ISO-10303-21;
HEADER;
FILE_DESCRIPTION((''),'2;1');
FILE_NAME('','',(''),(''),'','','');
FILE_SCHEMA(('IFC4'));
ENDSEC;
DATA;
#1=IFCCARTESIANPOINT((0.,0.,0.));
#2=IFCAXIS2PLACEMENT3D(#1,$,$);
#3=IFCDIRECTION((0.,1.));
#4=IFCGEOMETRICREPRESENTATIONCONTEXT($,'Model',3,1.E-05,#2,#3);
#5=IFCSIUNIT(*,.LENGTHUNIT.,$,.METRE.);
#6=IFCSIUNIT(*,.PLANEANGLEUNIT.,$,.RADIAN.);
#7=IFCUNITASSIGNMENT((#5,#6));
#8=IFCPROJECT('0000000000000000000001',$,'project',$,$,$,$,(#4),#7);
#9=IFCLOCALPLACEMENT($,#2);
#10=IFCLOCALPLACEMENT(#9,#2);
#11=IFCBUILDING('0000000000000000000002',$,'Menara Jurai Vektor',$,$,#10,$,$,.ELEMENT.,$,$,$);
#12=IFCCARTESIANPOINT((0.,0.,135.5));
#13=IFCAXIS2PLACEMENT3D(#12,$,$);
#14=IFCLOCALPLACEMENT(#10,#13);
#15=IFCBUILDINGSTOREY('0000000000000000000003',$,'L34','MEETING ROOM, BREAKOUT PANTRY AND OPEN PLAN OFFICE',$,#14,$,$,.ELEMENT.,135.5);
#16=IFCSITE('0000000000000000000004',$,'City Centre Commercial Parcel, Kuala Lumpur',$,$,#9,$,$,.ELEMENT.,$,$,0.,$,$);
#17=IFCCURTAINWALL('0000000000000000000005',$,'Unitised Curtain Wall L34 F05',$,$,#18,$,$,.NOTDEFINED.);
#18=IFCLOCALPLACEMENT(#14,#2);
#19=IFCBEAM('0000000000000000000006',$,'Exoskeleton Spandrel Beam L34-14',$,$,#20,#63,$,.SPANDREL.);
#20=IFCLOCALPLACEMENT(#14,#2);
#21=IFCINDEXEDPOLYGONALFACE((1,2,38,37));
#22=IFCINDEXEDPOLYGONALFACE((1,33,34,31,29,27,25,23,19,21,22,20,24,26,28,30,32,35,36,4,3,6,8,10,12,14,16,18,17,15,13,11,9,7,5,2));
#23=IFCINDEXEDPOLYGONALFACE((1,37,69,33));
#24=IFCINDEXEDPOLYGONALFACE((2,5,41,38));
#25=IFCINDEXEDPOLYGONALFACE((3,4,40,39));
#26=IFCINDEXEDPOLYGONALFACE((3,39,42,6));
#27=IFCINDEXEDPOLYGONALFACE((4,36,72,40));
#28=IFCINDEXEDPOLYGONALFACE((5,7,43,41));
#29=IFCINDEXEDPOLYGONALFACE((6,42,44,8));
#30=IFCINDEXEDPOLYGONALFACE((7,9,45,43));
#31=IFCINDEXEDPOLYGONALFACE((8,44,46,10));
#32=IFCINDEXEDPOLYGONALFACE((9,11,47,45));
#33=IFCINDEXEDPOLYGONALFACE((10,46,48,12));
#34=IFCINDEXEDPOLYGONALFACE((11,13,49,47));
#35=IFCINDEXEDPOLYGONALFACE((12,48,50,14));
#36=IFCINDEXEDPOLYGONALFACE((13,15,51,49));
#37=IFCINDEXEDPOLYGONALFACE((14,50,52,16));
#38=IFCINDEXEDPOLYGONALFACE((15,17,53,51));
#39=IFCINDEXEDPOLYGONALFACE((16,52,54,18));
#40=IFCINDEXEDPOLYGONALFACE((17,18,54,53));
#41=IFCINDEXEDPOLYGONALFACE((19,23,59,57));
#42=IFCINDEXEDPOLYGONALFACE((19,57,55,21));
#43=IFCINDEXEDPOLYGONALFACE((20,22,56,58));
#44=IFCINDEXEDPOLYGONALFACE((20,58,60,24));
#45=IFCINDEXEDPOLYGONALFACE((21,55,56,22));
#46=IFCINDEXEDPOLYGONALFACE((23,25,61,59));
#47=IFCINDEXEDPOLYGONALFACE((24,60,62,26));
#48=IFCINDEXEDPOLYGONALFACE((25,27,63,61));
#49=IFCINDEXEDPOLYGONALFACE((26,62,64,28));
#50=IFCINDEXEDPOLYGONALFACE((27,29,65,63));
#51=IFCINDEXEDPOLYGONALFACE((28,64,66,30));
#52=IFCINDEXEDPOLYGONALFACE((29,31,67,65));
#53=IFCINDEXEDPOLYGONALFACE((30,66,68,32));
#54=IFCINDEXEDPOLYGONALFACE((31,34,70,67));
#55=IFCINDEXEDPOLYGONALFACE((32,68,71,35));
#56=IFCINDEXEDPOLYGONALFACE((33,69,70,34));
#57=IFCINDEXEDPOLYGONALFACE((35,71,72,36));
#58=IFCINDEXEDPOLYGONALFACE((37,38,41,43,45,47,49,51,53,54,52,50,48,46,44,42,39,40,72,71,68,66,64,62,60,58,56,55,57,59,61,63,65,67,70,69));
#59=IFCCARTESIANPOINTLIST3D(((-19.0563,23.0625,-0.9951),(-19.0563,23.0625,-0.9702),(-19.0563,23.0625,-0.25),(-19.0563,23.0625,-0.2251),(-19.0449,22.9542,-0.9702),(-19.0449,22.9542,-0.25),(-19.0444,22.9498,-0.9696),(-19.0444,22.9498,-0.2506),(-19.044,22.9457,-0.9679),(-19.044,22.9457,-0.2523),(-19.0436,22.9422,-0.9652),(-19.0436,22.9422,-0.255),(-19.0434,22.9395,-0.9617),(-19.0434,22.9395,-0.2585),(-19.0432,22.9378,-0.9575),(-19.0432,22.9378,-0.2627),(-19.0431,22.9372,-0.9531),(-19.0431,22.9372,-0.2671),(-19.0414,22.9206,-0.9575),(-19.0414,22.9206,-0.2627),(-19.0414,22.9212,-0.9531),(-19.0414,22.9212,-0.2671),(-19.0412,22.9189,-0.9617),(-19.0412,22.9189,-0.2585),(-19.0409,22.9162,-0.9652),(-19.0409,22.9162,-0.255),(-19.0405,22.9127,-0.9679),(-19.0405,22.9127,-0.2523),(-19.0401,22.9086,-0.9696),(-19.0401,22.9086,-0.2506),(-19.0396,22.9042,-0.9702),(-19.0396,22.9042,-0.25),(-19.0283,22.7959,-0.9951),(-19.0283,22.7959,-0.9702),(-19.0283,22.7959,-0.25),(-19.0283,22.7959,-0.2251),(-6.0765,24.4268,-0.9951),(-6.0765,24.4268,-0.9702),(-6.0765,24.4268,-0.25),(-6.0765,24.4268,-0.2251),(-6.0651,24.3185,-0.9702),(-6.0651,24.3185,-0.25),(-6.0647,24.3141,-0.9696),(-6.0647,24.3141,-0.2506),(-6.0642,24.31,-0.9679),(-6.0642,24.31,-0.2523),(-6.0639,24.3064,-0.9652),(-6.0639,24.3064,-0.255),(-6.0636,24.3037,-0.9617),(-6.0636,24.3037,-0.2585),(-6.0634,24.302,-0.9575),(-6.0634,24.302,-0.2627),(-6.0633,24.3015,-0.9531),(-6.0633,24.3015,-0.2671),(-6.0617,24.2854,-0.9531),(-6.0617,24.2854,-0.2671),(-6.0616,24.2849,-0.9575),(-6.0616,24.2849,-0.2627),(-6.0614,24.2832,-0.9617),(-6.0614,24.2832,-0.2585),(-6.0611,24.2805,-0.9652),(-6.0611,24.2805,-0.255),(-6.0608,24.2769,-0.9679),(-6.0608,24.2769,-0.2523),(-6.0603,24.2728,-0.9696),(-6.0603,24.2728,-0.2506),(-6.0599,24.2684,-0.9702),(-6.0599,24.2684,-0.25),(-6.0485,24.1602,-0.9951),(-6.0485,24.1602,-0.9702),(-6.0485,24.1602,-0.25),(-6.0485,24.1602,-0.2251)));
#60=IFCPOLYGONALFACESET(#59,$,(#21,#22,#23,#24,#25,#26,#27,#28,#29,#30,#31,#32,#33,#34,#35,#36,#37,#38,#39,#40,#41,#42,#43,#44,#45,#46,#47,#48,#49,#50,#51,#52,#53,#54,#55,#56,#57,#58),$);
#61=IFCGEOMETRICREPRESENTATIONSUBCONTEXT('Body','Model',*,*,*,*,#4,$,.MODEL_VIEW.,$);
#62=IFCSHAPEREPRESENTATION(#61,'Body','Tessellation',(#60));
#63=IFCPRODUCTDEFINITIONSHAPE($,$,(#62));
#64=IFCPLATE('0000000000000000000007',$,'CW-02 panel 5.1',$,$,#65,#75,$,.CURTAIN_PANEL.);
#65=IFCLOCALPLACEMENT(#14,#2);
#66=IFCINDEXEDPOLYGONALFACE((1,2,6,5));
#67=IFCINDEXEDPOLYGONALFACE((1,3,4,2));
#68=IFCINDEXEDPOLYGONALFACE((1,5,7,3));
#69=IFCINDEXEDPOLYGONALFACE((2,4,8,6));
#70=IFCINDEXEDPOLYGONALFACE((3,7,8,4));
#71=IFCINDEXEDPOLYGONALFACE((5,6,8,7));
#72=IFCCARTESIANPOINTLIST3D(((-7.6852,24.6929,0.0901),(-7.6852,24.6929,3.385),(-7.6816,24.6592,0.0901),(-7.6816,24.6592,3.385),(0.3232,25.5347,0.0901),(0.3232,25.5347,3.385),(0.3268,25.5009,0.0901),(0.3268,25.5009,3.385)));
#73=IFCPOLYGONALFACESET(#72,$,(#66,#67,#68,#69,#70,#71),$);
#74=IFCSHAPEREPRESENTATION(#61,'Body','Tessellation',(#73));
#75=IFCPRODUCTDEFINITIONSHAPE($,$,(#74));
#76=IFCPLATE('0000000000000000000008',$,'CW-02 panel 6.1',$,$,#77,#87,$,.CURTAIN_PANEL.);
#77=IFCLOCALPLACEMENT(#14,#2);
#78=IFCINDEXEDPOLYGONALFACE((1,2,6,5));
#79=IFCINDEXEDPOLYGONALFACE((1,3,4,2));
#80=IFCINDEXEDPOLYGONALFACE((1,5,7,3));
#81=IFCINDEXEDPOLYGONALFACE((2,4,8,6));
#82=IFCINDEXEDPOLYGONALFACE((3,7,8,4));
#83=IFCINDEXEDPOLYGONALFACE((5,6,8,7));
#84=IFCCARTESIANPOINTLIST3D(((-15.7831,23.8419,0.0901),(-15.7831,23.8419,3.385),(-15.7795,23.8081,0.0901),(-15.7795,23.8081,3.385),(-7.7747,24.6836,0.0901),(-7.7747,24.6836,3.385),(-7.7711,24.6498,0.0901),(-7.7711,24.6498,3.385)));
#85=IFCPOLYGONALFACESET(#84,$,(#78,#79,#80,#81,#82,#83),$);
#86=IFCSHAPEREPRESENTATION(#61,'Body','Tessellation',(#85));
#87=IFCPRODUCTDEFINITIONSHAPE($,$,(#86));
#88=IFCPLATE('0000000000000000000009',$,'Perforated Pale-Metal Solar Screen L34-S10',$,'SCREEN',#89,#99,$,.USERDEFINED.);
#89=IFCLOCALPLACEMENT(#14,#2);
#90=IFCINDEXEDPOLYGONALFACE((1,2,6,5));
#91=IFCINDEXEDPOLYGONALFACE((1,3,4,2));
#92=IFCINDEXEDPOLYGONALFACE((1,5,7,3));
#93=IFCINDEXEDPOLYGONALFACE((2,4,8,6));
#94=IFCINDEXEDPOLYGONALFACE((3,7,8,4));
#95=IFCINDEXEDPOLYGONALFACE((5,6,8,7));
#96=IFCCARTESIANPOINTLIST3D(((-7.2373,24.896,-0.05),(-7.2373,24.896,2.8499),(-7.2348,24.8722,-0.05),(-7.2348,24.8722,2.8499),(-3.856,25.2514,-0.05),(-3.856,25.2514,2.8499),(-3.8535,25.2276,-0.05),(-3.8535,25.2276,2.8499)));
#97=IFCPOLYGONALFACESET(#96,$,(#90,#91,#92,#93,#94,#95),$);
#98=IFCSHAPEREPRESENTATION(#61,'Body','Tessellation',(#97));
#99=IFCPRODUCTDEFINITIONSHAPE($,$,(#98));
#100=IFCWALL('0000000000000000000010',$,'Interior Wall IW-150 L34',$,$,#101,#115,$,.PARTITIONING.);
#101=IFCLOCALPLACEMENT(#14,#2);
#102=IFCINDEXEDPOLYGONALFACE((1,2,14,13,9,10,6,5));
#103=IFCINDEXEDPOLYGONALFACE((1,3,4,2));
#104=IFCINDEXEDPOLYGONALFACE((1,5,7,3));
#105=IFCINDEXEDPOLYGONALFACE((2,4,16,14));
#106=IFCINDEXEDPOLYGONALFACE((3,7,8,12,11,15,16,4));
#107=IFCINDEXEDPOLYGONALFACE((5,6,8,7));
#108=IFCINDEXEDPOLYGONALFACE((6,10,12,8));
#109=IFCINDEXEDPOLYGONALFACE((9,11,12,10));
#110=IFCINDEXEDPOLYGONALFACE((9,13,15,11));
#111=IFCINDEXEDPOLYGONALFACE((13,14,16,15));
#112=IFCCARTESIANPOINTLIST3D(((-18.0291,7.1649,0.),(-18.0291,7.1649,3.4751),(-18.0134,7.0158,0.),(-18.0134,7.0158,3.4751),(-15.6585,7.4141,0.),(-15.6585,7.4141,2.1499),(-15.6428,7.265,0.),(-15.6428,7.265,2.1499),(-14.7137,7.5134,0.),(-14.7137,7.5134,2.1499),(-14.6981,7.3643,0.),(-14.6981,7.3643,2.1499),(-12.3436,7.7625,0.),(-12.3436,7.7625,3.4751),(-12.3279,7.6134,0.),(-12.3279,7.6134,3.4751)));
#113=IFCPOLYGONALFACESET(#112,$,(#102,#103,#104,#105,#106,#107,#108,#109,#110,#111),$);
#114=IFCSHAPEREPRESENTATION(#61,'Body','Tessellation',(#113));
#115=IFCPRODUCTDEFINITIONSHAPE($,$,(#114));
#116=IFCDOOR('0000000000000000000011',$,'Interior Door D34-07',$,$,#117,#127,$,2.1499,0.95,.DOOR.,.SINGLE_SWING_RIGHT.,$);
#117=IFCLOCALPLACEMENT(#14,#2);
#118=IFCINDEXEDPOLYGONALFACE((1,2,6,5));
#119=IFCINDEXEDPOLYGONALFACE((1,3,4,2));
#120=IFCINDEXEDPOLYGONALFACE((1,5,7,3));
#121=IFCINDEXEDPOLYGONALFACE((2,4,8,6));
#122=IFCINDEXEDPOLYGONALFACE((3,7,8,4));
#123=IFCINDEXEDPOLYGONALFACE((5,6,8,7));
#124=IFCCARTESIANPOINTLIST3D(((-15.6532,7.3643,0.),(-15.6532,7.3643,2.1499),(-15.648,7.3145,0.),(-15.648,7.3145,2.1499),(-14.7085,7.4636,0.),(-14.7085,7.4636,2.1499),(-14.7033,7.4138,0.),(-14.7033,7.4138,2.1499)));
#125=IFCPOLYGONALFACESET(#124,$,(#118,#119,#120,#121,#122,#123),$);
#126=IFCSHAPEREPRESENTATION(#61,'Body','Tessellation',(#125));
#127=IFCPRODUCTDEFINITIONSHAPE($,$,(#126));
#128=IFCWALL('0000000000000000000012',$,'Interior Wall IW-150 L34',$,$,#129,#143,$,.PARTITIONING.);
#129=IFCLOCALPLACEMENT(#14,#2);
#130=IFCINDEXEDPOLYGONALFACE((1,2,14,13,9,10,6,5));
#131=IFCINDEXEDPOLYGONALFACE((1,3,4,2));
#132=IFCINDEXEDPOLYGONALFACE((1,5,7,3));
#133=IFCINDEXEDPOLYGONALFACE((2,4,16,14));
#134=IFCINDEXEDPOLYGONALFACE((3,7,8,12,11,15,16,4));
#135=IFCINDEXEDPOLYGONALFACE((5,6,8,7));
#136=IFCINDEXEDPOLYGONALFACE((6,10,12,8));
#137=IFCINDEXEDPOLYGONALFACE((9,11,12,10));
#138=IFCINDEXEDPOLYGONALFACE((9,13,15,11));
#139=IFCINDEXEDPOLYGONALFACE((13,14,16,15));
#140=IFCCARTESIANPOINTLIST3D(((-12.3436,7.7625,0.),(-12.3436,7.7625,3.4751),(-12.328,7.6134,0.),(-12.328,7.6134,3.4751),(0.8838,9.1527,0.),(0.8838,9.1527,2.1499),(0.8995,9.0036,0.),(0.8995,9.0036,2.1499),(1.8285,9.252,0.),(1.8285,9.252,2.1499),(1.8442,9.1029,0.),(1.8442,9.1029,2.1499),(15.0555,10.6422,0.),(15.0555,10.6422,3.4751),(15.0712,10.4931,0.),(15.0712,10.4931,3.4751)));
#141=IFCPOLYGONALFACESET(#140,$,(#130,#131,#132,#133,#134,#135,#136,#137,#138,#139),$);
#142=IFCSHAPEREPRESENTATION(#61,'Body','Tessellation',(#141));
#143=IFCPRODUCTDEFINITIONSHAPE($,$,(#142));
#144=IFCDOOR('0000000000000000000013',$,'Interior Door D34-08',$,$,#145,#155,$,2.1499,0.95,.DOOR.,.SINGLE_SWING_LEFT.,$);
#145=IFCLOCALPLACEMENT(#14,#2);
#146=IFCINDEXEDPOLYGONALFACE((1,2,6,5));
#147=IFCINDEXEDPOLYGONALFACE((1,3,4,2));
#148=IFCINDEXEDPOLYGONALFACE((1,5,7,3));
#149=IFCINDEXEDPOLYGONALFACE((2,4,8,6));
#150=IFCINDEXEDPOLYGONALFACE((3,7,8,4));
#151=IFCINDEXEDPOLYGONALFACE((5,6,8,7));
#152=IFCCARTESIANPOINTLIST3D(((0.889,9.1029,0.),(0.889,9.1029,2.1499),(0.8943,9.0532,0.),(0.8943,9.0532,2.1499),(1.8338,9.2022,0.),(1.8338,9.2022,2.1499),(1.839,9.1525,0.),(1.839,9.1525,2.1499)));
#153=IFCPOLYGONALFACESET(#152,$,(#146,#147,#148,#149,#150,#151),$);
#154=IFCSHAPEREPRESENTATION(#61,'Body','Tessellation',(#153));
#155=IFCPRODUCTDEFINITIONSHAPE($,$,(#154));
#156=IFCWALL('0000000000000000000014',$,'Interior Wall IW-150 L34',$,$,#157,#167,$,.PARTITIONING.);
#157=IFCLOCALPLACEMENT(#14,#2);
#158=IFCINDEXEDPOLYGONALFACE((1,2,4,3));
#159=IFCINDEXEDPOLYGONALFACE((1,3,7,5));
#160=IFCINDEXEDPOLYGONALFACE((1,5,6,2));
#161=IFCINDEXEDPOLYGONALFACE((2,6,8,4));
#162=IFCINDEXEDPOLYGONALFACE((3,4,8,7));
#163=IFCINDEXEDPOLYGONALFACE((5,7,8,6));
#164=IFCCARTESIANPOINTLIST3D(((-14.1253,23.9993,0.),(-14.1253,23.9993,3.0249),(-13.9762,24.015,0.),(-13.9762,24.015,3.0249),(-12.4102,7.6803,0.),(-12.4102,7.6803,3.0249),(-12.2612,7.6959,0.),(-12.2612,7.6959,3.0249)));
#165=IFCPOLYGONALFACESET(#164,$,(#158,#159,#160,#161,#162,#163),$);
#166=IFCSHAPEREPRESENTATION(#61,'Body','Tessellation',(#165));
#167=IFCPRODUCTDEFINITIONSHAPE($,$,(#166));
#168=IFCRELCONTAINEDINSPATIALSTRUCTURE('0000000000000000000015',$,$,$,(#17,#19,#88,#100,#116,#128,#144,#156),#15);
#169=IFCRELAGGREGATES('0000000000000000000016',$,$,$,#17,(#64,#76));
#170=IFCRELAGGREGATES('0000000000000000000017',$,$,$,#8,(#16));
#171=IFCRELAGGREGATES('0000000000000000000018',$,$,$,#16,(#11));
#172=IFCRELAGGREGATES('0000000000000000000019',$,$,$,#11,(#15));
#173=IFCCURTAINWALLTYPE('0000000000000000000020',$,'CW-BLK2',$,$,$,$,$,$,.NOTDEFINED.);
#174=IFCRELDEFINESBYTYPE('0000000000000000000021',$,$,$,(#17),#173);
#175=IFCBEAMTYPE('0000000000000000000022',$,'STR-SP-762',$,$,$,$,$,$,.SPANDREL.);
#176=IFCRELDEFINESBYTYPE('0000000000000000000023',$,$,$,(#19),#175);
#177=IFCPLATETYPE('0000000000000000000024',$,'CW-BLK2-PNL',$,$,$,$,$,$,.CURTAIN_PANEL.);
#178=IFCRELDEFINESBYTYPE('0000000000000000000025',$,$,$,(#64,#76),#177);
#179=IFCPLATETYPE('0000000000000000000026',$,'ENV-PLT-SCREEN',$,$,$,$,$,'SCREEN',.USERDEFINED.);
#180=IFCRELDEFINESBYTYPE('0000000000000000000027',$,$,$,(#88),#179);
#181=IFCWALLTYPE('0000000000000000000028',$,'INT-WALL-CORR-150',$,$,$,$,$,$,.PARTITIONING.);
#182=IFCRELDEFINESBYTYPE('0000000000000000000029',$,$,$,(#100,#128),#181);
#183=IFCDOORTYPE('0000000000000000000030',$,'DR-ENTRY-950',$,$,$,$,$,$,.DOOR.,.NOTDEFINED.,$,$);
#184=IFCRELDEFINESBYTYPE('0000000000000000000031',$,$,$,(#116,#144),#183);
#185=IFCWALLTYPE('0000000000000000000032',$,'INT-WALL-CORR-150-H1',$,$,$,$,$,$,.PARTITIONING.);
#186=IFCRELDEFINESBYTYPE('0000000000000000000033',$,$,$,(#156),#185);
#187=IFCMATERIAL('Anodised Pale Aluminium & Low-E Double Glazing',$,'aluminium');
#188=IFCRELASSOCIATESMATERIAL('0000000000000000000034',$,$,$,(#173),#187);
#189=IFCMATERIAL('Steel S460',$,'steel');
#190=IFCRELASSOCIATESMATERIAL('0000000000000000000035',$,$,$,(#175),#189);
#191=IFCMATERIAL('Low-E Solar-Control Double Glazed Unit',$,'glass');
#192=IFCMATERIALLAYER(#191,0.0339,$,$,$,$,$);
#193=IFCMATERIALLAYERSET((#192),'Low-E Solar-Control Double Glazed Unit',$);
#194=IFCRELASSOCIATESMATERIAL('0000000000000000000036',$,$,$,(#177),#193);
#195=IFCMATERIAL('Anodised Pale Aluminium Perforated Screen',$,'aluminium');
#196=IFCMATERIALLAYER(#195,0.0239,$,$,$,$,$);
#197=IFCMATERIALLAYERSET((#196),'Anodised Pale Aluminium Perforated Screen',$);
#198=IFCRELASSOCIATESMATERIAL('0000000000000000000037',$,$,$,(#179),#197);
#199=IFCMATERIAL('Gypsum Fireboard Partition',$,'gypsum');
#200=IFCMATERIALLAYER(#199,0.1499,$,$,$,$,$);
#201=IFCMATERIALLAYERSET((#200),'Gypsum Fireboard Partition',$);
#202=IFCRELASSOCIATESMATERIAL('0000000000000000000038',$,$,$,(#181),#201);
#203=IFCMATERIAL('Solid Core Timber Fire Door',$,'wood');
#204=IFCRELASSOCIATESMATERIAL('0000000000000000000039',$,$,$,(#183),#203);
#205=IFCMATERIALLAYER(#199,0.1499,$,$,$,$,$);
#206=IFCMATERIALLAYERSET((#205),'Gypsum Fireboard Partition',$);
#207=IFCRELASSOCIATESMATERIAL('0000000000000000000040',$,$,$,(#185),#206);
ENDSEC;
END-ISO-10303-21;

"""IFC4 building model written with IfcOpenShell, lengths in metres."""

from ifc_helpers import new_model, si_unit, direction, frame, frame_2d, origin, origin_2d, place, context, subcontext, project, spatial, rectangle, i_section, extrude, material, layer, layer_set, material_profile, profile_set, type_object, element, fill, aggregate, save


model = new_model("IFC4")

# Units and contexts
model_context = context("Model", 3, precision=1e-05, world=origin(), true_north=direction((0.0, 1.0)))
body_context = subcontext(model_context, "Body", "Model", "MODEL_VIEW")
ifc_project = project(units=[si_unit("LENGTHUNIT", "METRE"), si_unit("PLANEANGLEUNIT", "RADIAN")], contexts=[model_context])

# Site, building, storey
site_placement = place(None, origin())
site = spatial("IfcSite", under=ifc_project, at=site_placement, Name="City Centre Commercial Parcel, Kuala Lumpur", CompositionType="ELEMENT", RefElevation=0.0)
building_placement = place(site_placement, origin())
building = spatial("IfcBuilding", under=site, at=building_placement, Name="Menara Jurai Vektor", CompositionType="ELEMENT")
storey_placement = place(building_placement, frame((0.0, 0.0, 135.5)))
storey = spatial("IfcBuildingStorey", under=building, at=storey_placement, Name="L34", Description="MEETING ROOM, BREAKOUT PANTRY AND OPEN PLAN OFFICE", CompositionType="ELEMENT", Elevation=135.5)

# Shared definitions
ifc_material_1 = material(Name="Steel S460", Category="steel")

# Curtain wall
ifc_material_2 = material(Name="Anodised Pale Aluminium & Low-E Double Glazing", Category="aluminium")
curtain_wall_type = type_object("IfcCurtainWallType", Name="CW-BLK2", PredefinedType="NOTDEFINED", material=ifc_material_2)
curtain_wall_placement = place(storey_placement, origin())
curtain_wall = element("IfcCurtainWall", 1, at=curtain_wall_placement, inside=storey, type_object=curtain_wall_type, Name="Unitised Curtain Wall L34 F05", PredefinedType="NOTDEFINED")

# Beam
ifc_material_profile_1 = material_profile(ifc_material_1, i_section(OverallWidth=0.2681, OverallDepth=0.77, WebThickness=0.0161, FlangeThickness=0.0249, FilletRadius=0.0171, at=origin_2d()), Name="UKB 762x267x197")
ifc_profile_set_1 = profile_set([ifc_material_profile_1], Name="Steel S460")
beam_type_1 = type_object("IfcBeamType", Name="STR-SP-762", PredefinedType="SPANDREL", material=ifc_profile_set_1)
beam_1_placement = place(storey_placement, frame((-6.0625, 24.2935, -0.6101), z_axis=(-0.994522, -0.104531, 0.0), x_axis=(0.104531, -0.994522, 0.0)))
element("IfcBeam", 2, at=beam_1_placement, inside=storey, type_object=beam_type_1, Name="Exoskeleton Spandrel Beam L34-14", PredefinedType="SPANDREL", context=body_context, shape_type="SweptSolid", body=[
    extrude(i_section(OverallWidth=0.2681, OverallDepth=0.77, WebThickness=0.0161, FlangeThickness=0.0249, FilletRadius=0.0171, at=origin_2d()), origin(), (0.0, 0.0, 1.0), 13.0513),
])

# Plates
ifc_material_3 = material(Name="Low-E Solar-Control Double Glazed Unit", Category="glass")
ifc_layer_1 = layer(ifc_material_3, 0.0339)
ifc_layer_set_1 = layer_set([ifc_layer_1], Name="Low-E Solar-Control Double Glazed Unit")
plate_type_1 = type_object("IfcPlateType", Name="CW-BLK2-PNL", PredefinedType="CURTAIN_PANEL", material=ifc_layer_set_1)
plate_1_placement = place(storey_placement, frame((-3.6792, 25.0969, 0.0901), z_axis=(0.0, 0.0, 1.0), x_axis=(-0.994522, -0.104529, 0.0)))
plate_1 = element("IfcPlate", 3, at=plate_1_placement, type_object=plate_type_1, Name="CW-02 panel 5.1", PredefinedType="CURTAIN_PANEL", context=body_context, shape_type="SweptSolid", body=[
    extrude(rectangle(XDim=8.0525, YDim=0.0339, at=origin_2d()), origin(), (0.0, 0.0, 1.0), 3.2949),
])
plate_2_placement = place(storey_placement, frame((-11.7771, 24.2458, 0.0901), z_axis=(0.0, 0.0, 1.0), x_axis=(-0.994522, -0.104529, 0.0)))
plate_2 = element("IfcPlate", 4, at=plate_2_placement, type_object=plate_type_1, Name="CW-02 panel 6.1", PredefinedType="CURTAIN_PANEL", context=body_context, shape_type="SweptSolid", body=[
    extrude(rectangle(XDim=8.0525, YDim=0.0339, at=origin_2d()), origin(), (0.0, 0.0, 1.0), 3.2949),
])
aggregate(curtain_wall, [plate_1, plate_2])
ifc_material_4 = material(Name="Anodised Pale Aluminium Perforated Screen", Category="aluminium")
ifc_layer_2 = layer(ifc_material_4, 0.0239)
ifc_layer_set_2 = layer_set([ifc_layer_2], Name="Anodised Pale Aluminium Perforated Screen")
plate_type_2 = type_object("IfcPlateType", Name="ENV-PLT-SCREEN", ElementType="SCREEN", PredefinedType="USERDEFINED", material=ifc_layer_set_2)
plate_3_placement = place(storey_placement, frame((-5.5454, 25.0618, -0.05), z_axis=(0.0, 0.0, 1.0), x_axis=(-0.994522, -0.104528, 0.0)))
element("IfcPlate", 5, at=plate_3_placement, inside=storey, type_object=plate_type_2, Name="Perforated Pale-Metal Solar Screen L34-S10", ObjectType="SCREEN", PredefinedType="USERDEFINED", context=body_context, shape_type="SweptSolid", body=[
    extrude(rectangle(XDim=3.3999, YDim=0.0239, at=origin_2d()), origin(), (0.0, 0.0, 1.0), 2.8999),
])

# Walls, openings, doors
ifc_material_5 = material(Name="Gypsum Fireboard Partition", Category="gypsum")
ifc_layer_3 = layer(ifc_material_5, 0.1499)
ifc_layer_set_3 = layer_set([ifc_layer_3], Name="Gypsum Fireboard Partition")
wall_type_1 = type_object("IfcWallType", Name="INT-WALL-CORR-150", PredefinedType="PARTITIONING", material=ifc_layer_set_3)
wall_1_placement = place(storey_placement, frame((-18.0212, 7.0903, 0.0), z_axis=(0.0, 0.0, 1.0), x_axis=(0.99452, 0.104543, 0.0)))
wall_1 = element("IfcWall", 6, at=wall_1_placement, inside=storey, type_object=wall_type_1, Name="Interior Wall IW-150 L34", PredefinedType="PARTITIONING", context=body_context, shape_type="SweptSolid", body=[
    extrude(rectangle(XDim=5.7168, YDim=0.1499, at=frame_2d((2.8584, 0.0))), origin(), (0.0, 0.0, 1.0), 3.4751),
])
opening_1_placement = place(wall_1_placement, frame((2.3835, 0.0, 0.0)))
opening_1 = element("IfcOpeningElement", 7, at=opening_1_placement, cuts=wall_1, PredefinedType="OPENING", context=body_context, shape_type="SweptSolid", body=[
    extrude(rectangle(XDim=0.95, YDim=2.1499, at=frame_2d((0.4751, 1.075))), frame((0.0, 0.085, 0.0), z_axis=(0.0, -1.0, 0.0), x_axis=(1.0, 0.0, 0.0)), (0.0, 0.0, 1.0), 0.1699),
])
ifc_material_6 = material(Name="Solid Core Timber Fire Door", Category="wood")
door_type = type_object("IfcDoorType", Name="DR-ENTRY-950", OperationType="NOTDEFINED", PredefinedType="DOOR", material=ifc_material_6)
door_1_placement = place(opening_1_placement, origin())
door_1 = element("IfcDoor", 8, at=door_1_placement, inside=storey, type_object=door_type, Name="Interior Door D34-07", OperationType="SINGLE_SWING_RIGHT", OverallHeight=2.1499, OverallWidth=0.95, PredefinedType="DOOR", context=body_context, shape_type="SweptSolid", body=[
    extrude(rectangle(XDim=0.95, YDim=2.1499, at=frame_2d((0.4751, 1.075))), frame((0.0, 0.0249, 0.0), z_axis=(0.0, -1.0, 0.0), x_axis=(1.0, 0.0, 0.0)), (0.0, 0.0, 1.0), 0.05),
])
fill(opening_1, door_1)
wall_2_placement = place(storey_placement, frame((-12.3357, 7.688, 0.0), z_axis=(0.0, 0.0, 1.0), x_axis=(0.994522, 0.104524, 0.0)))
wall_2 = element("IfcWall", 9, at=wall_2_placement, inside=storey, type_object=wall_type_1, Name="Interior Wall IW-150 L34", PredefinedType="PARTITIONING", context=body_context, shape_type="SweptSolid", body=[
    extrude(rectangle(XDim=27.55, YDim=0.1499, at=frame_2d((13.7749, 0.0))), origin(), (0.0, 0.0, 1.0), 3.4751),
])
opening_2_placement = place(wall_2_placement, frame((13.3, 0.0, 0.0)))
opening_2 = element("IfcOpeningElement", 10, at=opening_2_placement, cuts=wall_2, PredefinedType="OPENING", context=body_context, shape_type="SweptSolid", body=[
    extrude(rectangle(XDim=0.95, YDim=2.1499, at=frame_2d((0.4751, 1.075))), frame((0.0, 0.085, 0.0), z_axis=(0.0, -1.0, 0.0), x_axis=(1.0, 0.0, 0.0)), (0.0, 0.0, 1.0), 0.1699),
])
door_2_placement = place(opening_2_placement, origin())
door_2 = element("IfcDoor", 11, at=door_2_placement, inside=storey, type_object=door_type, Name="Interior Door D34-08", OperationType="SINGLE_SWING_LEFT", OverallHeight=2.1499, OverallWidth=0.95, PredefinedType="DOOR", context=body_context, shape_type="SweptSolid", body=[
    extrude(rectangle(XDim=0.95, YDim=2.1499, at=frame_2d((0.4751, 1.075))), frame((0.0, 0.0249, 0.0), z_axis=(0.0, -1.0, 0.0), x_axis=(1.0, 0.0, 0.0)), (0.0, 0.0, 1.0), 0.05),
])
fill(opening_2, door_2)

# Wall
ifc_layer_4 = layer(ifc_material_5, 0.1499)
ifc_layer_set_4 = layer_set([ifc_layer_4], Name="Gypsum Fireboard Partition")
wall_type_2 = type_object("IfcWallType", Name="INT-WALL-CORR-150-H1", PredefinedType="PARTITIONING", material=ifc_layer_set_4)
wall_3_placement = place(storey_placement, frame((-12.3357, 7.688, 0.0), z_axis=(0.0, 0.0, 1.0), x_axis=(-0.104521, 0.994523, 0.0)))
element("IfcWall", 12, at=wall_3_placement, inside=storey, type_object=wall_type_2, Name="Interior Wall IW-150 L34", PredefinedType="PARTITIONING", context=body_context, shape_type="SweptSolid", body=[
    extrude(rectangle(XDim=16.4089, YDim=0.1499, at=frame_2d((8.2046, 0.0))), origin(), (0.0, 0.0, 1.0), 3.0249),
])

save(model, "model.ifc")
